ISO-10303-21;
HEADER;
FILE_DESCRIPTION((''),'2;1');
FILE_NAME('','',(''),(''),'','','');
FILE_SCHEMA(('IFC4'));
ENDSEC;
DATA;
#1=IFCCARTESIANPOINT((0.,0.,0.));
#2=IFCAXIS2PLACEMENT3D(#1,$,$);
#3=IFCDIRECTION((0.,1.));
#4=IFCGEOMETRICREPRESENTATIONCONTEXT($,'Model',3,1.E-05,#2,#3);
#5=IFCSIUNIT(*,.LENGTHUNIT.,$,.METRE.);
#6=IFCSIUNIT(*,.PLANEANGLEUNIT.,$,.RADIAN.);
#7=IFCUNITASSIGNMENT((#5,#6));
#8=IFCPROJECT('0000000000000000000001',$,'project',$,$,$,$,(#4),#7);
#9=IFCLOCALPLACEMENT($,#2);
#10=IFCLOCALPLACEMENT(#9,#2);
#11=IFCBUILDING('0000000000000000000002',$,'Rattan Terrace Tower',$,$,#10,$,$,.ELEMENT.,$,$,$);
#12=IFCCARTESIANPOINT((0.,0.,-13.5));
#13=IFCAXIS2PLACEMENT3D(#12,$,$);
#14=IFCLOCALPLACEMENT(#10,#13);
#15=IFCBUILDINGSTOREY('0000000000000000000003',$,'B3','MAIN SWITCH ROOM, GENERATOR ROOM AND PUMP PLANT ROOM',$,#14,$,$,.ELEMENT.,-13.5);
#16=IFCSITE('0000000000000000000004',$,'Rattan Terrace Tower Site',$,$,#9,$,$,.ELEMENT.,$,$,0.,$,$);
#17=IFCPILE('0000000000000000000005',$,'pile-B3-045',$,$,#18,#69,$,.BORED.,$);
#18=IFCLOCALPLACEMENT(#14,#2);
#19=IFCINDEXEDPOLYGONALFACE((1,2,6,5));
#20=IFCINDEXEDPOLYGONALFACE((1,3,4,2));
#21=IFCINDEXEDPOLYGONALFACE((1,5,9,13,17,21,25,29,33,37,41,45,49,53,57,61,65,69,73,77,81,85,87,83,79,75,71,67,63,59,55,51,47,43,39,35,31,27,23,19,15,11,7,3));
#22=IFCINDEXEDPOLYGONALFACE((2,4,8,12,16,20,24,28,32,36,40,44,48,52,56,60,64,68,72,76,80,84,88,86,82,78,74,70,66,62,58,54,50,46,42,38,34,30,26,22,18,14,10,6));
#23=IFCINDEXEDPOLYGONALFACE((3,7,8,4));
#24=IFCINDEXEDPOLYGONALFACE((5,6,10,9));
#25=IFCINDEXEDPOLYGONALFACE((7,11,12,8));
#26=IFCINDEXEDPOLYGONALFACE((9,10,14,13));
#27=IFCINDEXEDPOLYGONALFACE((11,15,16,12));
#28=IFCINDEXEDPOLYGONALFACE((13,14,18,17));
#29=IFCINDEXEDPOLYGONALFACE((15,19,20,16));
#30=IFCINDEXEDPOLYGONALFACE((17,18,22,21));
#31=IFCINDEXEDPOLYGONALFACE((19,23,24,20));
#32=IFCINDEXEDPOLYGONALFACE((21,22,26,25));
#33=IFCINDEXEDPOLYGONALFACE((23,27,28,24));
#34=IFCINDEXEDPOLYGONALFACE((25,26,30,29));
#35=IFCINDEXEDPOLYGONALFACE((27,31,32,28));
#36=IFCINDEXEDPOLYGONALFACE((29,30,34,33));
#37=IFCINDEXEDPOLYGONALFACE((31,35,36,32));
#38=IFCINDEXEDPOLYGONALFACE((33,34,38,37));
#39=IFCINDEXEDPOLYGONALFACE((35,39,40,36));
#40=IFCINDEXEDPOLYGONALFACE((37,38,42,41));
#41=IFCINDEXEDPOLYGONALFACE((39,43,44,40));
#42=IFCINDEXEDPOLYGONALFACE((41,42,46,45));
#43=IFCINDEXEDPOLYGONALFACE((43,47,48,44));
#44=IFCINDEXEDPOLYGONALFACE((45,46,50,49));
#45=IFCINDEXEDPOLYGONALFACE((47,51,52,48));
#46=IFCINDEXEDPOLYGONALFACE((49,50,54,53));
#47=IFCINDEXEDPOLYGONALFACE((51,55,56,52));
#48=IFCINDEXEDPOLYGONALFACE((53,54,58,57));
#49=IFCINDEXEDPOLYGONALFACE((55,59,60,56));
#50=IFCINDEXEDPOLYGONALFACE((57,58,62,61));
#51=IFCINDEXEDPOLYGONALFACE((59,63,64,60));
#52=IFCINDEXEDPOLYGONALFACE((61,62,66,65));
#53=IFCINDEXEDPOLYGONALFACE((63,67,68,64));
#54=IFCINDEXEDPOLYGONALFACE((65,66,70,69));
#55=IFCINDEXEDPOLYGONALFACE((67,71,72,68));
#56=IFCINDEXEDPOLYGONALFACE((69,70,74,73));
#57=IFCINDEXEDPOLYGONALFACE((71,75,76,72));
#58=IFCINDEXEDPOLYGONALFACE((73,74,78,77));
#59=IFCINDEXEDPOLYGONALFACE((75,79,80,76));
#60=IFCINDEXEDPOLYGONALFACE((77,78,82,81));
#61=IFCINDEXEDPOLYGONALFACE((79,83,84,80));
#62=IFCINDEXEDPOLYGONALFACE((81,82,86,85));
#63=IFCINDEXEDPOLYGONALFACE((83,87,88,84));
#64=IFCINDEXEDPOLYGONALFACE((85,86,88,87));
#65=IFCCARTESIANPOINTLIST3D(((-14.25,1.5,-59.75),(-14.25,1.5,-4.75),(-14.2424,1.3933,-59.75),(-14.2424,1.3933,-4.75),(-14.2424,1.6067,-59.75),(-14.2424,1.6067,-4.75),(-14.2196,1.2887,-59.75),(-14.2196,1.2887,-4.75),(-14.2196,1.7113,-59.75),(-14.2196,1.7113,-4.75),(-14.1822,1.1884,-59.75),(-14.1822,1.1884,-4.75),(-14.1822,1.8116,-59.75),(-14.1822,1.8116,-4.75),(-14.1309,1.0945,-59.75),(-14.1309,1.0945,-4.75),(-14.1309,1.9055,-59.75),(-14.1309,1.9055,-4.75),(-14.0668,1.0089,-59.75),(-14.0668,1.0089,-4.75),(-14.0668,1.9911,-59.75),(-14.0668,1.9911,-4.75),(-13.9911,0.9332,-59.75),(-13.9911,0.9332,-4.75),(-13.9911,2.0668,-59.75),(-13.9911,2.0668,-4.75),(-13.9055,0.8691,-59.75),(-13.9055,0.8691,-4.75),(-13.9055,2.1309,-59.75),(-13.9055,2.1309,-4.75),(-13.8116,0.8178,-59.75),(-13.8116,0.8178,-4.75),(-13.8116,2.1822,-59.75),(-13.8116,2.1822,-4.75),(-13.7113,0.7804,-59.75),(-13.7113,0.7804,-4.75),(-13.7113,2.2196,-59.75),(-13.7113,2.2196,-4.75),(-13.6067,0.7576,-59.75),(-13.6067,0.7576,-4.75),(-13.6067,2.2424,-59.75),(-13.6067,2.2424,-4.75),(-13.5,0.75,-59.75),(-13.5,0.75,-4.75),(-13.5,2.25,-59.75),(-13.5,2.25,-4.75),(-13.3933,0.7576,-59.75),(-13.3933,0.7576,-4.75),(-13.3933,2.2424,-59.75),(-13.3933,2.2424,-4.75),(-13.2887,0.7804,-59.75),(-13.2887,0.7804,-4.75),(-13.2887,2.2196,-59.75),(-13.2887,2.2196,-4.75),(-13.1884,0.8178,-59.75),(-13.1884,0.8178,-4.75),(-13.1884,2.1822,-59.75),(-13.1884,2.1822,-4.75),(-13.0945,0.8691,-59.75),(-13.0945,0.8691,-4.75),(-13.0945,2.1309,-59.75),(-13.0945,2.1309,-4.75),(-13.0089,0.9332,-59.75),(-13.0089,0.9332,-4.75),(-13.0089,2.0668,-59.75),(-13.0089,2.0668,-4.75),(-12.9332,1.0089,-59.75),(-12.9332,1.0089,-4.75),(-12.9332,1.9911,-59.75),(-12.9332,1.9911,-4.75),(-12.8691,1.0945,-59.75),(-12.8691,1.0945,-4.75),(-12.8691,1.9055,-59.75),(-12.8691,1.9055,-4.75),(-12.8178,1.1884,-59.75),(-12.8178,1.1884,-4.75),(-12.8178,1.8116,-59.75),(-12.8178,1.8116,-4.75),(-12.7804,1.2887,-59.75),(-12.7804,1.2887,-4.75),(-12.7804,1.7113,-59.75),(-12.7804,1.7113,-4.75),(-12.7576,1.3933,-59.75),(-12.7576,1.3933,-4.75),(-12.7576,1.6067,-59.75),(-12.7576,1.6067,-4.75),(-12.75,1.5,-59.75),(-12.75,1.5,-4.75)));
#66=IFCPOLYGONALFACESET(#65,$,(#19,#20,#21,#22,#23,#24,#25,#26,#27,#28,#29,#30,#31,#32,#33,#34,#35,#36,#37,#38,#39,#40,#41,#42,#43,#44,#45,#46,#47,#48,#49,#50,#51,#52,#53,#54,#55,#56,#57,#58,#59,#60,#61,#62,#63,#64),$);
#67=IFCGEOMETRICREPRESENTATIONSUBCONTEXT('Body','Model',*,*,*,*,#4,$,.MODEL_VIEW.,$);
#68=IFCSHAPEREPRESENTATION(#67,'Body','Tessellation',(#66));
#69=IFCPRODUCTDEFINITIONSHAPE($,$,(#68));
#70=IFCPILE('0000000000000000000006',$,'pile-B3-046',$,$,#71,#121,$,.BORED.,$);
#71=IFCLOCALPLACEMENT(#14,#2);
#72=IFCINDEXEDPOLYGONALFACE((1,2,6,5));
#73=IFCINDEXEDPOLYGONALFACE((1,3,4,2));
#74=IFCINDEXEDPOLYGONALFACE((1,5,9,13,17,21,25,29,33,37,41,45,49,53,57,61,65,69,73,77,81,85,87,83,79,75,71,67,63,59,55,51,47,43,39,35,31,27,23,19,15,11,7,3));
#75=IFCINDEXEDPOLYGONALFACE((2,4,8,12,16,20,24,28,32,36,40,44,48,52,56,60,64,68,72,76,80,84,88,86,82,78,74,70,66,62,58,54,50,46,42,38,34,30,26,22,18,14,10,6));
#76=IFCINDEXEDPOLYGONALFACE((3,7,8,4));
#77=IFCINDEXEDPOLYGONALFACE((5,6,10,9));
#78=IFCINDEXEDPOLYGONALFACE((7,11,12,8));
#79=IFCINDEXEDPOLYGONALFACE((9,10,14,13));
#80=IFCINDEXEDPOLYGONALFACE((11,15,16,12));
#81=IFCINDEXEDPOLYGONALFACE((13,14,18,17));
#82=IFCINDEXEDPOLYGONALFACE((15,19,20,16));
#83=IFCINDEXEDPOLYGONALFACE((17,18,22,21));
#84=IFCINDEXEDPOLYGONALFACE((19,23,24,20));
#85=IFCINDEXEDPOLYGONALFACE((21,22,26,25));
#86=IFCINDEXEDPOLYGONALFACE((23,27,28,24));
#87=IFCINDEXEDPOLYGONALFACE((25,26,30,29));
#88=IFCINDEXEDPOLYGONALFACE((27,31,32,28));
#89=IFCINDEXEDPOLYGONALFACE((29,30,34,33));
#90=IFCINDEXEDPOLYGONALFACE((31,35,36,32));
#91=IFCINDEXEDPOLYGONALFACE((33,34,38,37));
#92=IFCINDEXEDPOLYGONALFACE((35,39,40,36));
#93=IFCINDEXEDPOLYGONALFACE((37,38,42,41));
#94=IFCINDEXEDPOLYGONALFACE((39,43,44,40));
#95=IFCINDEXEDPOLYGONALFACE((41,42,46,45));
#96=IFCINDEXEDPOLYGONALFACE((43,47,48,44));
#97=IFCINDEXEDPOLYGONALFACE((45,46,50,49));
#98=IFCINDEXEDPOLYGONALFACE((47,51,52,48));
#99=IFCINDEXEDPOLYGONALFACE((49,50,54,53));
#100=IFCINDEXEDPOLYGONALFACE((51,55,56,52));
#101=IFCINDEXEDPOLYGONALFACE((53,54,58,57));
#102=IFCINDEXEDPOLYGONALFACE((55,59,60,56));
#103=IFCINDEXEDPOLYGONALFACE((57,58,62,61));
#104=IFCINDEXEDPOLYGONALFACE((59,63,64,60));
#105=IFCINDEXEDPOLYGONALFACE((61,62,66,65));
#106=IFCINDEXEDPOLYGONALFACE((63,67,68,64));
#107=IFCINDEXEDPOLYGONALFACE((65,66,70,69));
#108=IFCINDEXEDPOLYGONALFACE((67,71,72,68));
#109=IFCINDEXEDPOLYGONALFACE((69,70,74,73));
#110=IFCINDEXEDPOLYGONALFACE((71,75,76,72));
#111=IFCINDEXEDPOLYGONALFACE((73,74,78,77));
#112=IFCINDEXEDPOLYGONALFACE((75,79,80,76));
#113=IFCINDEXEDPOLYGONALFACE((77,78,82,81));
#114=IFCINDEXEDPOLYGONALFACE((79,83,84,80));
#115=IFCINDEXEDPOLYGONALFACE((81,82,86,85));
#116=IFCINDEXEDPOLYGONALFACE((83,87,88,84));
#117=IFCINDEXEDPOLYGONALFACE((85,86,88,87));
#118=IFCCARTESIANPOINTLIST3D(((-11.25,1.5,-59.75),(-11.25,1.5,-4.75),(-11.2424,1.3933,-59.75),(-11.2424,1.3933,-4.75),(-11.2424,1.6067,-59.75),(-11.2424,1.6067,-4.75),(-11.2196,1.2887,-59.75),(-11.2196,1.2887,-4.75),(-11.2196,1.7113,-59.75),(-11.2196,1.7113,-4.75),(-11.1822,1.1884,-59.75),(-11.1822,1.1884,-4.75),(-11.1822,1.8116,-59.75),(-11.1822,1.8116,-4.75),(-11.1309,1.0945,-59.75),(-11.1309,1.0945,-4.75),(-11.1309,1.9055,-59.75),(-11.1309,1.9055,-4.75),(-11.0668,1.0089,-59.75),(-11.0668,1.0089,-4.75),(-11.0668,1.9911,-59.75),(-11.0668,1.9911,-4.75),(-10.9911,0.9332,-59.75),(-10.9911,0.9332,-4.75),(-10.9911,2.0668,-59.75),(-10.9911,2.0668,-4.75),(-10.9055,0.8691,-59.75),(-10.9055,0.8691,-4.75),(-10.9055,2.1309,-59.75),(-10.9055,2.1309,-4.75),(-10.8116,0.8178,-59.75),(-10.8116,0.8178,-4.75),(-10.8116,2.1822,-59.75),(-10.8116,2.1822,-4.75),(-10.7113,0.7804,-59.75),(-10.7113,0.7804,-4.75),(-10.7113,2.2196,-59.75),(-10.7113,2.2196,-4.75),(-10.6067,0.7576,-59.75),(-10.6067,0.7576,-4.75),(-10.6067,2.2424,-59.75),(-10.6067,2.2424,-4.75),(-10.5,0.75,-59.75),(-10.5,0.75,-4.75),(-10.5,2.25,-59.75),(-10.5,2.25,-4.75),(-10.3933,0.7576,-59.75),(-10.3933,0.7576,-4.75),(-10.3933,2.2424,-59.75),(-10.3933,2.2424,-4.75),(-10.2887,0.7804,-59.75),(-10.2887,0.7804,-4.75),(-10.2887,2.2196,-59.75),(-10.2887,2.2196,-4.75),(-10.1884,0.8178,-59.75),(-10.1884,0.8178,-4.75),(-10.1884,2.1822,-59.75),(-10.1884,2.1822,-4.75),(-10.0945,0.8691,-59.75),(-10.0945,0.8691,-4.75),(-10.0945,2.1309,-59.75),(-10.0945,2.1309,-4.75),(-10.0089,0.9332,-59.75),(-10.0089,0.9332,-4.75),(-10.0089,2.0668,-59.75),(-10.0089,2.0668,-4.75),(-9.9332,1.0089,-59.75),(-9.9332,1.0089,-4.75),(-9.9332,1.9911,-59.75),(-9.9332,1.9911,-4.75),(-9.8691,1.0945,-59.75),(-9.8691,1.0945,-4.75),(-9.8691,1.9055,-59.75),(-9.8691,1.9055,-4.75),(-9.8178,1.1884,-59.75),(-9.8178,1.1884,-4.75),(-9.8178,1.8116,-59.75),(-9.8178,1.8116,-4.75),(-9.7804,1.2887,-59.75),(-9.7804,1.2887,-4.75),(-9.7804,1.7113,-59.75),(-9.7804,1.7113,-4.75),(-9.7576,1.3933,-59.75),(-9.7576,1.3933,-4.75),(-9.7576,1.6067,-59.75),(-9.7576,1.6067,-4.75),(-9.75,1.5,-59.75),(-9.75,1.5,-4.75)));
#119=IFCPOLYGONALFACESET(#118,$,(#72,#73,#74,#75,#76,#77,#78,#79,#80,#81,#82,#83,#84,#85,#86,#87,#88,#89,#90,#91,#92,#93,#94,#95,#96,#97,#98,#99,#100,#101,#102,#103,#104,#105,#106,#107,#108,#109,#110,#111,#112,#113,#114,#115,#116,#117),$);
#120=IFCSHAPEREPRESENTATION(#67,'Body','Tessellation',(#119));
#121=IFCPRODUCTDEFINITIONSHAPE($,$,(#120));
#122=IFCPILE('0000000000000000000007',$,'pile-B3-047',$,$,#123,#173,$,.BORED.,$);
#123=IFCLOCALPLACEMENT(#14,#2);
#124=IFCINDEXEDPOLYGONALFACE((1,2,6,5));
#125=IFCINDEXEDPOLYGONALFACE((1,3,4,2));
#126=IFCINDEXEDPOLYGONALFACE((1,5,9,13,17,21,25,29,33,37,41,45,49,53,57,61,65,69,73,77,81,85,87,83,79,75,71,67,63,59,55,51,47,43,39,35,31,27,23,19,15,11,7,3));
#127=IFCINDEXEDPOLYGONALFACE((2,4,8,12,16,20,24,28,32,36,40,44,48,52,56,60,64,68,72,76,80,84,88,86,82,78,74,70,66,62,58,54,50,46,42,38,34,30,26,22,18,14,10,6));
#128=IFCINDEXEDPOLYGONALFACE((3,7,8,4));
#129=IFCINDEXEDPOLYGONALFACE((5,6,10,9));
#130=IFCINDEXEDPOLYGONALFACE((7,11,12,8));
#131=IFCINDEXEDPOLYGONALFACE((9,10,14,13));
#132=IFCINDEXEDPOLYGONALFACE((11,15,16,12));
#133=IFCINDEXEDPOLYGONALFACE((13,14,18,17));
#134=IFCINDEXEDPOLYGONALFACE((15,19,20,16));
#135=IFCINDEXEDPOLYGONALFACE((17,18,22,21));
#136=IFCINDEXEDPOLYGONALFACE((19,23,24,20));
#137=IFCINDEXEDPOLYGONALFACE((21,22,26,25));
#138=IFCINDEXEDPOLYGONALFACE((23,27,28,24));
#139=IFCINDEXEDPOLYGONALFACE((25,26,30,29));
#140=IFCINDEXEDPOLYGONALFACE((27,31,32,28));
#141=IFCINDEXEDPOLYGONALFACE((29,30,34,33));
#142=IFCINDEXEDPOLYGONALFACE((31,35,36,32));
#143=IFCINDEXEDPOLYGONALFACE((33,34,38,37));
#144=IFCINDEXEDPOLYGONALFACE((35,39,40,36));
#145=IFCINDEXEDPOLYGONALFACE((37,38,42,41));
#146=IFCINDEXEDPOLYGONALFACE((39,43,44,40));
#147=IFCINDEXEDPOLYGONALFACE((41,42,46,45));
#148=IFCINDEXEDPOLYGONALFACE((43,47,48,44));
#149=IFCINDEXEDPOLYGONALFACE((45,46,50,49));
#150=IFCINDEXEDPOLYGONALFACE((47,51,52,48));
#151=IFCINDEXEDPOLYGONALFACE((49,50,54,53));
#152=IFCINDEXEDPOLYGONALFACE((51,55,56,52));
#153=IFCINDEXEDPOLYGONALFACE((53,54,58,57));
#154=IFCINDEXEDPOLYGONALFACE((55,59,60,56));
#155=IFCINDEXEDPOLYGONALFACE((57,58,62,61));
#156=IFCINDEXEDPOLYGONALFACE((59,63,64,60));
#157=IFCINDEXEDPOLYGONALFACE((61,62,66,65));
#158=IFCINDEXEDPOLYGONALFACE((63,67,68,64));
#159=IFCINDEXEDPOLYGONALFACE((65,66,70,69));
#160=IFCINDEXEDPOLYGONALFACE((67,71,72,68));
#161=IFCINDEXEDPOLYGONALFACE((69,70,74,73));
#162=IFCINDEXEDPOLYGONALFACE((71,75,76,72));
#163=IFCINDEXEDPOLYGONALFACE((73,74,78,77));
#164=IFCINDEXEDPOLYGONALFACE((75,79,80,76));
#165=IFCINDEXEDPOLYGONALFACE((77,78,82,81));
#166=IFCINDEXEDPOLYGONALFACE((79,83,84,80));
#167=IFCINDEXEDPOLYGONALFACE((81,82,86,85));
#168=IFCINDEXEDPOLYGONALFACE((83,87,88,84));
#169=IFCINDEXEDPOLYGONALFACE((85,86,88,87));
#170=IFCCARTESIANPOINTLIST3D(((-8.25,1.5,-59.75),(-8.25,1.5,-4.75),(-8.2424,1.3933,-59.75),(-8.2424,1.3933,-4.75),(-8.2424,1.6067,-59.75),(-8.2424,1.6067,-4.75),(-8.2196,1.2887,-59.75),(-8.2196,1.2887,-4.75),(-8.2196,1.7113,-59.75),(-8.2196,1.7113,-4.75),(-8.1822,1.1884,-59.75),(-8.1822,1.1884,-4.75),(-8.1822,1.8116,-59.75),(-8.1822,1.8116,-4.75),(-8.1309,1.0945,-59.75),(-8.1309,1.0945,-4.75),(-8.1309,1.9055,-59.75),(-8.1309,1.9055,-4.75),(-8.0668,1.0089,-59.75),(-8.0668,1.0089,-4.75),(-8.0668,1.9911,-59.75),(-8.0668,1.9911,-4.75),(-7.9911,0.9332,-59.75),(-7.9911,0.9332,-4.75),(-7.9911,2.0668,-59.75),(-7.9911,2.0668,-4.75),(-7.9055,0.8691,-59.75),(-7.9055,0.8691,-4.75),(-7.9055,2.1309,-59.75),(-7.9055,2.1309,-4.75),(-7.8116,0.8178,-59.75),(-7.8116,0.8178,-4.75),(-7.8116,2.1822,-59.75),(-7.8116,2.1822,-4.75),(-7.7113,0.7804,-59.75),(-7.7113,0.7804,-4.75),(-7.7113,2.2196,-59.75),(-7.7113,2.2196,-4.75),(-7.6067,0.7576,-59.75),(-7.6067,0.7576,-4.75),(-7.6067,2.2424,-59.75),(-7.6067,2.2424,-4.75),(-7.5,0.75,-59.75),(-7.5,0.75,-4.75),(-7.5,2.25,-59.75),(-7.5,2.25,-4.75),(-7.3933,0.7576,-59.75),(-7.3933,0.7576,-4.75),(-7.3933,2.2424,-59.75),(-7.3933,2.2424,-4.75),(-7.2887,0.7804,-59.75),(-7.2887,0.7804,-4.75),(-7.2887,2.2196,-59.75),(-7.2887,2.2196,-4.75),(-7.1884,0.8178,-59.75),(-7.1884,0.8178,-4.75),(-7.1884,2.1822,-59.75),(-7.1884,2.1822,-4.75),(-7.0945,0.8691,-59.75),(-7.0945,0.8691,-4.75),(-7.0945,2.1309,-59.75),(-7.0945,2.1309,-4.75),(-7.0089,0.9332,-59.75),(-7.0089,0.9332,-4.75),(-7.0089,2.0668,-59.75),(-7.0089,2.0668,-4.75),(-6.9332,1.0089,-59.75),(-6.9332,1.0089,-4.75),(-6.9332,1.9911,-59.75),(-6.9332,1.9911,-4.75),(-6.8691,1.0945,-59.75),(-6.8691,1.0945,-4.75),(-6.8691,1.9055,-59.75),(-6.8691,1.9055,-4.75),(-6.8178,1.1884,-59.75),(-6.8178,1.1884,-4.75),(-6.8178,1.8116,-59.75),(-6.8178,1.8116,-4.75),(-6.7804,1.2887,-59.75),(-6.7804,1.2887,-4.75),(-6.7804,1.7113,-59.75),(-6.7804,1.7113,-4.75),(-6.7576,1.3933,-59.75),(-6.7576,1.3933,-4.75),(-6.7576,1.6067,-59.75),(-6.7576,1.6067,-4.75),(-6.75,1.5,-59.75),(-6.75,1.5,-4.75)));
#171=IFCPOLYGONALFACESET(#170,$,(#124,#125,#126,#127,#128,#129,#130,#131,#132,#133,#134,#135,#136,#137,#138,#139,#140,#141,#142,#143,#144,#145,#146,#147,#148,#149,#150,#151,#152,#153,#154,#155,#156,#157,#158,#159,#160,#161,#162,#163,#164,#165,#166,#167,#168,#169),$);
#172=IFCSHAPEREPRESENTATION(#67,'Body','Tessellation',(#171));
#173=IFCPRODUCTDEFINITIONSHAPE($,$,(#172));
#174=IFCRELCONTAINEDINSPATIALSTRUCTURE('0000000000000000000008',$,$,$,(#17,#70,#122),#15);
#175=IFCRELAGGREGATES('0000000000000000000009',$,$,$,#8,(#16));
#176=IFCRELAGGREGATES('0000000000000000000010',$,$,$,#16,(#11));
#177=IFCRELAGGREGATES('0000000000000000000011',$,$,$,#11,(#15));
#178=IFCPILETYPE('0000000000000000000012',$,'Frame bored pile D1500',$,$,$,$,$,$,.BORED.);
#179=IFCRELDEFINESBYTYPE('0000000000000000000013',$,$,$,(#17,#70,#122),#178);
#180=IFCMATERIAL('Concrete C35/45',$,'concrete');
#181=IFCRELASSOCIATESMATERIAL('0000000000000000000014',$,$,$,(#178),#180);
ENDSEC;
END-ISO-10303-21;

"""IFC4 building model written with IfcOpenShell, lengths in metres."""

from ifc_helpers import new_model, si_unit, direction, frame, origin, origin_2d, place, context, subcontext, project, spatial, circle, extrude, material, material_profile, profile_set, type_object, element, save


model = new_model("IFC4")

# Units and contexts
model_context = context("Model", 3, precision=1e-05, world=origin(), true_north=direction((0.0, 1.0)))
body_context = subcontext(model_context, "Body", "Model", "MODEL_VIEW")
ifc_project = project(units=[si_unit("LENGTHUNIT", "METRE"), si_unit("PLANEANGLEUNIT", "RADIAN")], contexts=[model_context])

# Site, building, storey
site_placement = place(None, origin())
site = spatial("IfcSite", under=ifc_project, at=site_placement, Name="Rattan Terrace Tower Site", CompositionType="ELEMENT", RefElevation=0.0)
building_placement = place(site_placement, origin())
building = spatial("IfcBuilding", under=site, at=building_placement, Name="Rattan Terrace Tower", CompositionType="ELEMENT")
storey_placement = place(building_placement, frame((0.0, 0.0, -13.5)))
storey = spatial("IfcBuildingStorey", under=building, at=storey_placement, Name="B3", Description="MAIN SWITCH ROOM, GENERATOR ROOM AND PUMP PLANT ROOM", CompositionType="ELEMENT", Elevation=-13.5)

# Piles
ifc_material_1 = material(Name="Concrete C35/45", Category="concrete")
ifc_material_profile_1 = material_profile(ifc_material_1, circle(Radius=0.75, at=origin_2d()), Name="PILE D1500")
ifc_profile_set_1 = profile_set([ifc_material_profile_1], Name="Concrete C35/45")
pile_type = type_object("IfcPileType", Name="Frame bored pile D1500", PredefinedType="BORED", material=ifc_profile_set_1)
for number, where, z_axis, x_axis, name in (
    (1, (-13.5, 1.5, -4.75), (0.0, 0.0, -1.0), (1.0, 0.0, 0.0), "pile-B3-045"),
    (2, (-10.5, 1.5, -4.75), (0.0, 0.0, -1.0), (1.0, 0.0, 0.0), "pile-B3-046"),
    (3, (-7.5, 1.5, -4.75), (0.0, 0.0, -1.0), (1.0, 0.0, 0.0), "pile-B3-047"),
):
    element("IfcPile", number, at=place(storey_placement, frame(where, z_axis=z_axis, x_axis=x_axis)), inside=storey, type_object=pile_type, Name=name, PredefinedType="BORED", context=body_context, shape_type="SweptSolid", body=[
        extrude(circle(Radius=0.75, at=origin_2d()), origin(), (0.0, 0.0, 1.0), 55.0),
    ])

save(model, "model.ifc")
